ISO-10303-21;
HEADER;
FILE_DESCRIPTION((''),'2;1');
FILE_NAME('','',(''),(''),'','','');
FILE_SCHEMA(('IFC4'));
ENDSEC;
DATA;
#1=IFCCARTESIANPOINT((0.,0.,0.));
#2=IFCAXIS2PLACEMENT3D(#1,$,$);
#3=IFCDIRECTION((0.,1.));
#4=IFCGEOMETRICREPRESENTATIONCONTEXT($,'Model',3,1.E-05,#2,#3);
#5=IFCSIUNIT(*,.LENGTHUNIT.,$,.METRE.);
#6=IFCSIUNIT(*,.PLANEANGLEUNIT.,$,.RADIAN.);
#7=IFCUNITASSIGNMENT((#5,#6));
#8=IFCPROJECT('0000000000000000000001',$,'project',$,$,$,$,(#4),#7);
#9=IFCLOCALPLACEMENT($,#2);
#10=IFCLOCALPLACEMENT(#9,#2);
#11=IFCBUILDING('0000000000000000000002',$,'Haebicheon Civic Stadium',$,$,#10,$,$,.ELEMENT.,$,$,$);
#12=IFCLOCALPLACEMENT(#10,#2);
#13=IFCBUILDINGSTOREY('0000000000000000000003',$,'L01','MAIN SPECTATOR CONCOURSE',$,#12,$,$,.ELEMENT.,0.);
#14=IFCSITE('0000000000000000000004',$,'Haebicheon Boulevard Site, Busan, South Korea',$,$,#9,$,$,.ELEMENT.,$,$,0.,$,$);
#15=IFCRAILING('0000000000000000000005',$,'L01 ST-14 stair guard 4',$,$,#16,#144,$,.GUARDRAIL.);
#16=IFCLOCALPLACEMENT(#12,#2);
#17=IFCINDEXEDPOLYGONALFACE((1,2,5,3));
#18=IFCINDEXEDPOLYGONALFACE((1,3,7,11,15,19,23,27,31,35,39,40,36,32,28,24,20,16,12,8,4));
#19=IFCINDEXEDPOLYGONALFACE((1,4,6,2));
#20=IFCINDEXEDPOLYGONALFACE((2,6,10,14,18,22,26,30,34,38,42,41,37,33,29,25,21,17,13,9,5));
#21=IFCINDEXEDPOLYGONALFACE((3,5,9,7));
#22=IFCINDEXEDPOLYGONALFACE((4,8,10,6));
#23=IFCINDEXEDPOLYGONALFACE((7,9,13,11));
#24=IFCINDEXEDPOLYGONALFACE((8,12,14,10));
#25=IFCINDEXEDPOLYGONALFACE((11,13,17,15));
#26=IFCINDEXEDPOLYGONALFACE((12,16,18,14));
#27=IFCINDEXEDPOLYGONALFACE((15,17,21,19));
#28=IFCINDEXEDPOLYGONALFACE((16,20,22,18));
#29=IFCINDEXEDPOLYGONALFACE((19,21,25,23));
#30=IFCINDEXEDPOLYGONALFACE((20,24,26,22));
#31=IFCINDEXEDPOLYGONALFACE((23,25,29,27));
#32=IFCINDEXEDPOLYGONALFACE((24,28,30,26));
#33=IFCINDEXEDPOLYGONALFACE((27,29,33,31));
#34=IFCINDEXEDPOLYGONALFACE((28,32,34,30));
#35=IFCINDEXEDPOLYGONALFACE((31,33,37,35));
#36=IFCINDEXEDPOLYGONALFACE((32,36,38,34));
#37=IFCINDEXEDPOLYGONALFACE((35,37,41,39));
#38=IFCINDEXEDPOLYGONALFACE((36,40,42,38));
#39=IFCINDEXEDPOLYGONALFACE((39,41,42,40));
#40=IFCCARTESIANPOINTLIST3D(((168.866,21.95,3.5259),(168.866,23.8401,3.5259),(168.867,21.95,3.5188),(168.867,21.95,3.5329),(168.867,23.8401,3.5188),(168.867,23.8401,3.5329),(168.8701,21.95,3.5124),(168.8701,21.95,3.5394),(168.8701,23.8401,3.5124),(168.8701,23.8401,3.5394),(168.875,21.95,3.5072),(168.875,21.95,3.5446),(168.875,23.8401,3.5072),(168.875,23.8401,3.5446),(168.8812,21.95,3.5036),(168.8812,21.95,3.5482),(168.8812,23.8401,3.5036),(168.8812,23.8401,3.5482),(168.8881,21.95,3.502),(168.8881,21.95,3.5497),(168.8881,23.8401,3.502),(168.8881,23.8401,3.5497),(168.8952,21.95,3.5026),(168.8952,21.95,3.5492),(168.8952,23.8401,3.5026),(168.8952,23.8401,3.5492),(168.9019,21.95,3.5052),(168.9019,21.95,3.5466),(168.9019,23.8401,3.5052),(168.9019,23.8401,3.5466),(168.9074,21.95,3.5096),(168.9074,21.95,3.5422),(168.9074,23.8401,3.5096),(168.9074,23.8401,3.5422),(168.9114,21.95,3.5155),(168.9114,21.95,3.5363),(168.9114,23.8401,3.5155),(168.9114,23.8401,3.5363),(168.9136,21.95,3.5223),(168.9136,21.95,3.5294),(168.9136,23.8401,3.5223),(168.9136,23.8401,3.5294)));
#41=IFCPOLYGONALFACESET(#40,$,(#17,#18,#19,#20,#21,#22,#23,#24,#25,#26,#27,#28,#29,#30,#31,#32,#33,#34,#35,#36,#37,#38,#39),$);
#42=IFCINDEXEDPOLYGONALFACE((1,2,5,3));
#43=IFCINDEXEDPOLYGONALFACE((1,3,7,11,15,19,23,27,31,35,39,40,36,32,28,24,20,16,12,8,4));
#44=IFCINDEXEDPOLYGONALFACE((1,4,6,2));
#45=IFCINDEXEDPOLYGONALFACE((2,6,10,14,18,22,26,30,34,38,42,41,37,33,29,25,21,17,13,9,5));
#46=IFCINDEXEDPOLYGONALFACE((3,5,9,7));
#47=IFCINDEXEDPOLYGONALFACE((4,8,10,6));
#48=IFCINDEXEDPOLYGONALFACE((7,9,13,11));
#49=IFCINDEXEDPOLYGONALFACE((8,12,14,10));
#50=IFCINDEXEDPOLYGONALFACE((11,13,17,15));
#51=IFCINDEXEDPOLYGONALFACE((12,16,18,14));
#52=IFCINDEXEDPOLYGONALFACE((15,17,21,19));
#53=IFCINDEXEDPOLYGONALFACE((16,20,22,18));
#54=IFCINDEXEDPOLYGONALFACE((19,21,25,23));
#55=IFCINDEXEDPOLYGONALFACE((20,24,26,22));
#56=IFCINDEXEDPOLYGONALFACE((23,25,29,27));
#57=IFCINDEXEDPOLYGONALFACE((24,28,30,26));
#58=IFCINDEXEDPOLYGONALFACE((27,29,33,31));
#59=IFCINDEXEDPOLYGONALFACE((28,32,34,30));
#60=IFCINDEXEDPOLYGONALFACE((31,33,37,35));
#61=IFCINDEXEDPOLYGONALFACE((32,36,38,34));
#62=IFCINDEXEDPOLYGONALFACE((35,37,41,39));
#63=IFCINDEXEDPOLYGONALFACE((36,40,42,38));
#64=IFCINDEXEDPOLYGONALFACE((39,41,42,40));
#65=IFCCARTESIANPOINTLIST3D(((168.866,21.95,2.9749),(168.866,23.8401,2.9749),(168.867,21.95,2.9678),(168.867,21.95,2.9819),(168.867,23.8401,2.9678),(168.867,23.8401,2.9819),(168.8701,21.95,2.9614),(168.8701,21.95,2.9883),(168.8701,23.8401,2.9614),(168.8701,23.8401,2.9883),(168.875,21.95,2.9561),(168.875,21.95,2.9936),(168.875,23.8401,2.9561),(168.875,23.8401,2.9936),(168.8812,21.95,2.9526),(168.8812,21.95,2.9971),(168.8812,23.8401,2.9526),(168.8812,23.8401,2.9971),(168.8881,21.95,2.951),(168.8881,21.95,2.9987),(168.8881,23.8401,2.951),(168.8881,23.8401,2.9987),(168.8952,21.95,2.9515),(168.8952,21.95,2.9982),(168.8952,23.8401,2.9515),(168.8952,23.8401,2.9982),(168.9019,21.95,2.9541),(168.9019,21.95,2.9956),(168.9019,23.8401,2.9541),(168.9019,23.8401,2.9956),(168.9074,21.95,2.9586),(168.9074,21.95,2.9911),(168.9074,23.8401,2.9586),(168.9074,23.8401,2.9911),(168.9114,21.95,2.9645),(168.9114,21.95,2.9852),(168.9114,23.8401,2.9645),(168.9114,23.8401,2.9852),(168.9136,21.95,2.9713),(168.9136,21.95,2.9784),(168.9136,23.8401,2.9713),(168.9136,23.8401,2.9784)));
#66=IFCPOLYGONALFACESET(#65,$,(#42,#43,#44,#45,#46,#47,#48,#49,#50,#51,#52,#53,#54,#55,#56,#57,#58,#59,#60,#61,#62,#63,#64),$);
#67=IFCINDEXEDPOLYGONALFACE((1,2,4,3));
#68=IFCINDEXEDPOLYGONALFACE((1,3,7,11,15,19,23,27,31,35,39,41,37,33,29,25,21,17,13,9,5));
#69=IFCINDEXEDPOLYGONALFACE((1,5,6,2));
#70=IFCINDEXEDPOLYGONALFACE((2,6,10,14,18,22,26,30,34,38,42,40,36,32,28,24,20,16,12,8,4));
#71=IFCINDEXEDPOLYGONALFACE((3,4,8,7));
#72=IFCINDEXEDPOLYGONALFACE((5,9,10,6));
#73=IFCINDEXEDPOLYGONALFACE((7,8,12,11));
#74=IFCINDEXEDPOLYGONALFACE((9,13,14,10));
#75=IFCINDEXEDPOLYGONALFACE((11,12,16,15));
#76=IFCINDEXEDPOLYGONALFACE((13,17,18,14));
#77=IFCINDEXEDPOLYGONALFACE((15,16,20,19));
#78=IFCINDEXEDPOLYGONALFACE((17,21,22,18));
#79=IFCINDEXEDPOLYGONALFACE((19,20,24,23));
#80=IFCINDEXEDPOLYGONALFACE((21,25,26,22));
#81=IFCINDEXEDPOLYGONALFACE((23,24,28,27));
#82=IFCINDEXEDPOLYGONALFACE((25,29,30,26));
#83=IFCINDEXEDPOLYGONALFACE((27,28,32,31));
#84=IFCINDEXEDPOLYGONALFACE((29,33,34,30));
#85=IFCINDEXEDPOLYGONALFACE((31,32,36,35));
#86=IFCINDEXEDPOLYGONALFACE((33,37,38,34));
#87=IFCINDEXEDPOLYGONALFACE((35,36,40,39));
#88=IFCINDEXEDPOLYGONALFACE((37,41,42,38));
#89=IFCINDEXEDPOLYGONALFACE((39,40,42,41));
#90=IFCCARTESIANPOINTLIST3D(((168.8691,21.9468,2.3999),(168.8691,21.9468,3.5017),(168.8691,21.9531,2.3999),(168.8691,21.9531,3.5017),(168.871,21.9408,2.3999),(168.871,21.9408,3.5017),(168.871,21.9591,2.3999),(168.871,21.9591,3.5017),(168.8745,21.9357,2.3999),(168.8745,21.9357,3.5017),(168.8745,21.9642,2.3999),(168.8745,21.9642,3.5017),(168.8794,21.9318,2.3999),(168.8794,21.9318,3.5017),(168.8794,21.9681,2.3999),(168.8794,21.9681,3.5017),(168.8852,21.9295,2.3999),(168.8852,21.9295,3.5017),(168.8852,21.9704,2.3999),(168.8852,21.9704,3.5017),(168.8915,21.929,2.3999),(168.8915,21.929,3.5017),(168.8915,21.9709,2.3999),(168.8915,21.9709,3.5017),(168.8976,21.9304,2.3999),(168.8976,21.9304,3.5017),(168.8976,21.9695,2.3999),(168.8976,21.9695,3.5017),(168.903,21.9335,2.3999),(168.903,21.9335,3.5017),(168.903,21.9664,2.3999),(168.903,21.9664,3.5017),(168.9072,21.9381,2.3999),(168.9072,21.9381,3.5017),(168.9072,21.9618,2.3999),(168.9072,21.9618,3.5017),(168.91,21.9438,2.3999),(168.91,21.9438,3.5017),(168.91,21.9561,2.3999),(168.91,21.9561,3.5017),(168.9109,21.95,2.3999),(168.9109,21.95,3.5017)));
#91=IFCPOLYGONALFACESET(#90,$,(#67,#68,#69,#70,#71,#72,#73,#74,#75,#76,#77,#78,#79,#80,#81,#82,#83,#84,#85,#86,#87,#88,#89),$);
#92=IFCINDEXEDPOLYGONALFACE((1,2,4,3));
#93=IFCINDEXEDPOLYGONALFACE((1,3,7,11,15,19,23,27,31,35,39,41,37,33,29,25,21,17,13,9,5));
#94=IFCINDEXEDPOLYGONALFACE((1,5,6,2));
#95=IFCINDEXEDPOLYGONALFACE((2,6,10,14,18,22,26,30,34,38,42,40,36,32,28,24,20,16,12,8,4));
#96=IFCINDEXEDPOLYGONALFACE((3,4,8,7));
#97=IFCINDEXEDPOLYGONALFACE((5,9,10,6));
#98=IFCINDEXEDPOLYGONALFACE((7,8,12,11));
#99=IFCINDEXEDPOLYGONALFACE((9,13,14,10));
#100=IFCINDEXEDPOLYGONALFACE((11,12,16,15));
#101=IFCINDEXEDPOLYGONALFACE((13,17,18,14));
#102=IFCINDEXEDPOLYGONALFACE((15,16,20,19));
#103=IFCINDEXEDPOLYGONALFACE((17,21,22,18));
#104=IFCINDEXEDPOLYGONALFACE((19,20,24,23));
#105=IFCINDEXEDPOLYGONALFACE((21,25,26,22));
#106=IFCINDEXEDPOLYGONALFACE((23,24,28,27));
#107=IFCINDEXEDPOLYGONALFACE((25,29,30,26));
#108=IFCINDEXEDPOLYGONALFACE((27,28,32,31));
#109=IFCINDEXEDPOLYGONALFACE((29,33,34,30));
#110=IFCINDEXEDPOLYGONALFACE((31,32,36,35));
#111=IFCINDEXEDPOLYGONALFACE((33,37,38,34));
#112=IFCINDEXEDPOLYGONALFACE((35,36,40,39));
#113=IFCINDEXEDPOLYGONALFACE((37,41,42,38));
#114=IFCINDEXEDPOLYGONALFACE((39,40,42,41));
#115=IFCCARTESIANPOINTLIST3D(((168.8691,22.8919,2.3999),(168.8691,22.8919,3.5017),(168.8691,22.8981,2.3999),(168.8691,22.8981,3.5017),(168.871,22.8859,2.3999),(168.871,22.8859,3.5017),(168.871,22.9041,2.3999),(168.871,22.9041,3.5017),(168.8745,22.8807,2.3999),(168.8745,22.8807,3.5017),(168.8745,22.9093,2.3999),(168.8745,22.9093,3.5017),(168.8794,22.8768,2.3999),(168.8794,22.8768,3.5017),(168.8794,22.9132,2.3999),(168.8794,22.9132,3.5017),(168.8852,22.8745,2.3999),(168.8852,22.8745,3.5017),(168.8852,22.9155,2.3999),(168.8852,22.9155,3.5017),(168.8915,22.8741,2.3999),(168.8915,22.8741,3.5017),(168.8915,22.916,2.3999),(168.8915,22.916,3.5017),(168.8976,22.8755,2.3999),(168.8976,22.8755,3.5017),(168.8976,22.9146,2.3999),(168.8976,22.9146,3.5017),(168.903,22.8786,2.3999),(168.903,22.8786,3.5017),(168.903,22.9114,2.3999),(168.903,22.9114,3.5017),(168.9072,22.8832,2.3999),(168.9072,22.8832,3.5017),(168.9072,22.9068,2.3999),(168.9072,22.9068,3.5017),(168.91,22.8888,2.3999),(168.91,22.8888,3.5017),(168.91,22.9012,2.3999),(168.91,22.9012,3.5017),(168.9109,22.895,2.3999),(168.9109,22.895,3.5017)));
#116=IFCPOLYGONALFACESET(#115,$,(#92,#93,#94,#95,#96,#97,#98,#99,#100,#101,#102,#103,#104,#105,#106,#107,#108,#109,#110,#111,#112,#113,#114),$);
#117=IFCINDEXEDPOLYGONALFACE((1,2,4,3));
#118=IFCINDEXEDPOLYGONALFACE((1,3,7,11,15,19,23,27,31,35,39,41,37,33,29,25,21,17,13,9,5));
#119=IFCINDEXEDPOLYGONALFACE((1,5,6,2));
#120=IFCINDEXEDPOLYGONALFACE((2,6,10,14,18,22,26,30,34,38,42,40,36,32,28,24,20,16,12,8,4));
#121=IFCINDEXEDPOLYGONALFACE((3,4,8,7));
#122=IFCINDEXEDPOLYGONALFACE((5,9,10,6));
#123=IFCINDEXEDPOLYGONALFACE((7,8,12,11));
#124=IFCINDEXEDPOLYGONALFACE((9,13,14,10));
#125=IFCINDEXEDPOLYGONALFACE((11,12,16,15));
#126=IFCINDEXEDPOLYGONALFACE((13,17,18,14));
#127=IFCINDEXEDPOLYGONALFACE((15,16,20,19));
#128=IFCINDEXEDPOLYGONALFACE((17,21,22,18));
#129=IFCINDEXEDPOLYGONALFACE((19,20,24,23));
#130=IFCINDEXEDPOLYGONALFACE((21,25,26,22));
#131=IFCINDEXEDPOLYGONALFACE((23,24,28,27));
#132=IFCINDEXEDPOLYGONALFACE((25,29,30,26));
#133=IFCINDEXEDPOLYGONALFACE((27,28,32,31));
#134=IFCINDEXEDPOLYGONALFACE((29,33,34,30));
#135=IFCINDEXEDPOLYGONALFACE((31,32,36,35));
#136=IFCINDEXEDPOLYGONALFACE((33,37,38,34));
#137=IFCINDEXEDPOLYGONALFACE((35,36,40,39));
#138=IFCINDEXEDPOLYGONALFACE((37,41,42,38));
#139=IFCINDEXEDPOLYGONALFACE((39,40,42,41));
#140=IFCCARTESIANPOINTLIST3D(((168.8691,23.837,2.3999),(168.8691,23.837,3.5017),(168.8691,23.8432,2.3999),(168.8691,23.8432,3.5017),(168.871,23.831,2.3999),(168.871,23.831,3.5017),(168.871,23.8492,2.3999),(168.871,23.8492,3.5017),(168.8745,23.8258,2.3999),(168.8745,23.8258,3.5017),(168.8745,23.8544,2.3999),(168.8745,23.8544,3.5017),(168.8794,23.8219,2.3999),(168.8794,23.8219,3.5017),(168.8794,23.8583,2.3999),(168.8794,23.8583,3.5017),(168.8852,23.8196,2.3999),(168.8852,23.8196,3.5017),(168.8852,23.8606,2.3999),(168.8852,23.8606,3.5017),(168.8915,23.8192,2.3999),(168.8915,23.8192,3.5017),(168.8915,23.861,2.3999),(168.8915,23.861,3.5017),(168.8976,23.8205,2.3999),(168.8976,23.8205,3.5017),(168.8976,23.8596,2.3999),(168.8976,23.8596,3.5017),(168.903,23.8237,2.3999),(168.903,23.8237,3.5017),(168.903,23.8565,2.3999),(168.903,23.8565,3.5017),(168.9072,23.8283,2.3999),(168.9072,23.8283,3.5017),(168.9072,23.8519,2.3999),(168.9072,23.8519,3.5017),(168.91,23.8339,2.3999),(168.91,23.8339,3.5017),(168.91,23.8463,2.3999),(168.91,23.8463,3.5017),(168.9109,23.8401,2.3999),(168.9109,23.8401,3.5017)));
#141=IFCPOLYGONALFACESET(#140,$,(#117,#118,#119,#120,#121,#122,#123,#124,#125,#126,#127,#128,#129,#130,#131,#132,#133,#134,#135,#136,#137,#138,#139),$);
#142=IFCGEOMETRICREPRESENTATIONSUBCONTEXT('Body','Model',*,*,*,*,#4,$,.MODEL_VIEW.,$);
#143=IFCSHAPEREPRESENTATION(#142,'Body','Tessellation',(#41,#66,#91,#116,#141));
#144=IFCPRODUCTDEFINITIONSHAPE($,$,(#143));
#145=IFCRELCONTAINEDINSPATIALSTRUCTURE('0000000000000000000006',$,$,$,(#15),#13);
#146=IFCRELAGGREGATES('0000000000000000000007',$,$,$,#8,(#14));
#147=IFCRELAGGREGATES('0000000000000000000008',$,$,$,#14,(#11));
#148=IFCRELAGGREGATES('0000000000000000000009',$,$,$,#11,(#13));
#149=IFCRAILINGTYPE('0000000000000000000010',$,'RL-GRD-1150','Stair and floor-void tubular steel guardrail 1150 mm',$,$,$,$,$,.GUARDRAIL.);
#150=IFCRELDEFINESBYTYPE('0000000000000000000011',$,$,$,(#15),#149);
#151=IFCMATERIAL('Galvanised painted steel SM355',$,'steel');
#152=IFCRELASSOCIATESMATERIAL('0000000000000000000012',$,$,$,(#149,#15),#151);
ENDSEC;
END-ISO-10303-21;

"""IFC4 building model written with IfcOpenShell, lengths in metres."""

from ifc_helpers import new_model, si_unit, direction, frame, origin, origin_2d, place, context, subcontext, project, spatial, circle, extrude, material, type_object, element, save


model = new_model("IFC4")

# Units and contexts
model_context = context("Model", 3, precision=1e-05, world=origin(), true_north=direction((0.0, 1.0)))
body_context = subcontext(model_context, "Body", "Model", "MODEL_VIEW")
ifc_project = project(units=[si_unit("LENGTHUNIT", "METRE"), si_unit("PLANEANGLEUNIT", "RADIAN")], contexts=[model_context])

# Site, building, storey
site_placement = place(None, origin())
site = spatial("IfcSite", under=ifc_project, at=site_placement, Name="Haebicheon Boulevard Site, Busan, South Korea", CompositionType="ELEMENT", RefElevation=0.0)
building_placement = place(site_placement, origin())
building = spatial("IfcBuilding", under=site, at=building_placement, Name="Haebicheon Civic Stadium", CompositionType="ELEMENT")
storey_placement = place(building_placement, origin())
storey = spatial("IfcBuildingStorey", under=building, at=storey_placement, Name="L01", Description="MAIN SPECTATOR CONCOURSE", CompositionType="ELEMENT", Elevation=0.0)

# Railing
ifc_material_1 = material(Name="Galvanised painted steel SM355", Category="steel")
railing_type_1 = type_object("IfcRailingType", Name="RL-GRD-1150", Description="Stair and floor-void tubular steel guardrail 1150 mm", PredefinedType="GUARDRAIL", material=ifc_material_1)
for number, where, name in (
    (1, (168.8899, 21.95, 2.3999), "L01 ST-14 stair guard 4"),
):
    element("IfcRailing", number, at=place(storey_placement, frame(where)), inside=storey, type_object=railing_type_1, material=ifc_material_1, Name=name, PredefinedType="GUARDRAIL", context=body_context, shape_type="SweptSolid", body=[
        extrude(circle(Radius=0.0239, at=origin_2d()), frame((0.0, 0.0, 1.126), z_axis=(0.0, 1.0, 0.0), x_axis=(-1.0, 0.0, 0.0)), (0.0, 0.0, 1.0), 1.8901),
        extrude(circle(Radius=0.0239, at=origin_2d()), frame((0.0, 0.0, 0.575), z_axis=(0.0, 1.0, 0.0), x_axis=(-1.0, 0.0, 0.0)), (0.0, 0.0, 1.0), 1.8901),
        extrude(circle(Radius=0.021, at=origin_2d()), origin(), (0.0, 0.0, 1.0), 1.1018),
        extrude(circle(Radius=0.021, at=origin_2d()), frame((0.0, 0.9451, 0.0)), (0.0, 0.0, 1.0), 1.1018),
        extrude(circle(Radius=0.021, at=origin_2d()), frame((0.0, 1.8901, 0.0)), (0.0, 0.0, 1.0), 1.1018),
    ])

save(model, "model.ifc")
